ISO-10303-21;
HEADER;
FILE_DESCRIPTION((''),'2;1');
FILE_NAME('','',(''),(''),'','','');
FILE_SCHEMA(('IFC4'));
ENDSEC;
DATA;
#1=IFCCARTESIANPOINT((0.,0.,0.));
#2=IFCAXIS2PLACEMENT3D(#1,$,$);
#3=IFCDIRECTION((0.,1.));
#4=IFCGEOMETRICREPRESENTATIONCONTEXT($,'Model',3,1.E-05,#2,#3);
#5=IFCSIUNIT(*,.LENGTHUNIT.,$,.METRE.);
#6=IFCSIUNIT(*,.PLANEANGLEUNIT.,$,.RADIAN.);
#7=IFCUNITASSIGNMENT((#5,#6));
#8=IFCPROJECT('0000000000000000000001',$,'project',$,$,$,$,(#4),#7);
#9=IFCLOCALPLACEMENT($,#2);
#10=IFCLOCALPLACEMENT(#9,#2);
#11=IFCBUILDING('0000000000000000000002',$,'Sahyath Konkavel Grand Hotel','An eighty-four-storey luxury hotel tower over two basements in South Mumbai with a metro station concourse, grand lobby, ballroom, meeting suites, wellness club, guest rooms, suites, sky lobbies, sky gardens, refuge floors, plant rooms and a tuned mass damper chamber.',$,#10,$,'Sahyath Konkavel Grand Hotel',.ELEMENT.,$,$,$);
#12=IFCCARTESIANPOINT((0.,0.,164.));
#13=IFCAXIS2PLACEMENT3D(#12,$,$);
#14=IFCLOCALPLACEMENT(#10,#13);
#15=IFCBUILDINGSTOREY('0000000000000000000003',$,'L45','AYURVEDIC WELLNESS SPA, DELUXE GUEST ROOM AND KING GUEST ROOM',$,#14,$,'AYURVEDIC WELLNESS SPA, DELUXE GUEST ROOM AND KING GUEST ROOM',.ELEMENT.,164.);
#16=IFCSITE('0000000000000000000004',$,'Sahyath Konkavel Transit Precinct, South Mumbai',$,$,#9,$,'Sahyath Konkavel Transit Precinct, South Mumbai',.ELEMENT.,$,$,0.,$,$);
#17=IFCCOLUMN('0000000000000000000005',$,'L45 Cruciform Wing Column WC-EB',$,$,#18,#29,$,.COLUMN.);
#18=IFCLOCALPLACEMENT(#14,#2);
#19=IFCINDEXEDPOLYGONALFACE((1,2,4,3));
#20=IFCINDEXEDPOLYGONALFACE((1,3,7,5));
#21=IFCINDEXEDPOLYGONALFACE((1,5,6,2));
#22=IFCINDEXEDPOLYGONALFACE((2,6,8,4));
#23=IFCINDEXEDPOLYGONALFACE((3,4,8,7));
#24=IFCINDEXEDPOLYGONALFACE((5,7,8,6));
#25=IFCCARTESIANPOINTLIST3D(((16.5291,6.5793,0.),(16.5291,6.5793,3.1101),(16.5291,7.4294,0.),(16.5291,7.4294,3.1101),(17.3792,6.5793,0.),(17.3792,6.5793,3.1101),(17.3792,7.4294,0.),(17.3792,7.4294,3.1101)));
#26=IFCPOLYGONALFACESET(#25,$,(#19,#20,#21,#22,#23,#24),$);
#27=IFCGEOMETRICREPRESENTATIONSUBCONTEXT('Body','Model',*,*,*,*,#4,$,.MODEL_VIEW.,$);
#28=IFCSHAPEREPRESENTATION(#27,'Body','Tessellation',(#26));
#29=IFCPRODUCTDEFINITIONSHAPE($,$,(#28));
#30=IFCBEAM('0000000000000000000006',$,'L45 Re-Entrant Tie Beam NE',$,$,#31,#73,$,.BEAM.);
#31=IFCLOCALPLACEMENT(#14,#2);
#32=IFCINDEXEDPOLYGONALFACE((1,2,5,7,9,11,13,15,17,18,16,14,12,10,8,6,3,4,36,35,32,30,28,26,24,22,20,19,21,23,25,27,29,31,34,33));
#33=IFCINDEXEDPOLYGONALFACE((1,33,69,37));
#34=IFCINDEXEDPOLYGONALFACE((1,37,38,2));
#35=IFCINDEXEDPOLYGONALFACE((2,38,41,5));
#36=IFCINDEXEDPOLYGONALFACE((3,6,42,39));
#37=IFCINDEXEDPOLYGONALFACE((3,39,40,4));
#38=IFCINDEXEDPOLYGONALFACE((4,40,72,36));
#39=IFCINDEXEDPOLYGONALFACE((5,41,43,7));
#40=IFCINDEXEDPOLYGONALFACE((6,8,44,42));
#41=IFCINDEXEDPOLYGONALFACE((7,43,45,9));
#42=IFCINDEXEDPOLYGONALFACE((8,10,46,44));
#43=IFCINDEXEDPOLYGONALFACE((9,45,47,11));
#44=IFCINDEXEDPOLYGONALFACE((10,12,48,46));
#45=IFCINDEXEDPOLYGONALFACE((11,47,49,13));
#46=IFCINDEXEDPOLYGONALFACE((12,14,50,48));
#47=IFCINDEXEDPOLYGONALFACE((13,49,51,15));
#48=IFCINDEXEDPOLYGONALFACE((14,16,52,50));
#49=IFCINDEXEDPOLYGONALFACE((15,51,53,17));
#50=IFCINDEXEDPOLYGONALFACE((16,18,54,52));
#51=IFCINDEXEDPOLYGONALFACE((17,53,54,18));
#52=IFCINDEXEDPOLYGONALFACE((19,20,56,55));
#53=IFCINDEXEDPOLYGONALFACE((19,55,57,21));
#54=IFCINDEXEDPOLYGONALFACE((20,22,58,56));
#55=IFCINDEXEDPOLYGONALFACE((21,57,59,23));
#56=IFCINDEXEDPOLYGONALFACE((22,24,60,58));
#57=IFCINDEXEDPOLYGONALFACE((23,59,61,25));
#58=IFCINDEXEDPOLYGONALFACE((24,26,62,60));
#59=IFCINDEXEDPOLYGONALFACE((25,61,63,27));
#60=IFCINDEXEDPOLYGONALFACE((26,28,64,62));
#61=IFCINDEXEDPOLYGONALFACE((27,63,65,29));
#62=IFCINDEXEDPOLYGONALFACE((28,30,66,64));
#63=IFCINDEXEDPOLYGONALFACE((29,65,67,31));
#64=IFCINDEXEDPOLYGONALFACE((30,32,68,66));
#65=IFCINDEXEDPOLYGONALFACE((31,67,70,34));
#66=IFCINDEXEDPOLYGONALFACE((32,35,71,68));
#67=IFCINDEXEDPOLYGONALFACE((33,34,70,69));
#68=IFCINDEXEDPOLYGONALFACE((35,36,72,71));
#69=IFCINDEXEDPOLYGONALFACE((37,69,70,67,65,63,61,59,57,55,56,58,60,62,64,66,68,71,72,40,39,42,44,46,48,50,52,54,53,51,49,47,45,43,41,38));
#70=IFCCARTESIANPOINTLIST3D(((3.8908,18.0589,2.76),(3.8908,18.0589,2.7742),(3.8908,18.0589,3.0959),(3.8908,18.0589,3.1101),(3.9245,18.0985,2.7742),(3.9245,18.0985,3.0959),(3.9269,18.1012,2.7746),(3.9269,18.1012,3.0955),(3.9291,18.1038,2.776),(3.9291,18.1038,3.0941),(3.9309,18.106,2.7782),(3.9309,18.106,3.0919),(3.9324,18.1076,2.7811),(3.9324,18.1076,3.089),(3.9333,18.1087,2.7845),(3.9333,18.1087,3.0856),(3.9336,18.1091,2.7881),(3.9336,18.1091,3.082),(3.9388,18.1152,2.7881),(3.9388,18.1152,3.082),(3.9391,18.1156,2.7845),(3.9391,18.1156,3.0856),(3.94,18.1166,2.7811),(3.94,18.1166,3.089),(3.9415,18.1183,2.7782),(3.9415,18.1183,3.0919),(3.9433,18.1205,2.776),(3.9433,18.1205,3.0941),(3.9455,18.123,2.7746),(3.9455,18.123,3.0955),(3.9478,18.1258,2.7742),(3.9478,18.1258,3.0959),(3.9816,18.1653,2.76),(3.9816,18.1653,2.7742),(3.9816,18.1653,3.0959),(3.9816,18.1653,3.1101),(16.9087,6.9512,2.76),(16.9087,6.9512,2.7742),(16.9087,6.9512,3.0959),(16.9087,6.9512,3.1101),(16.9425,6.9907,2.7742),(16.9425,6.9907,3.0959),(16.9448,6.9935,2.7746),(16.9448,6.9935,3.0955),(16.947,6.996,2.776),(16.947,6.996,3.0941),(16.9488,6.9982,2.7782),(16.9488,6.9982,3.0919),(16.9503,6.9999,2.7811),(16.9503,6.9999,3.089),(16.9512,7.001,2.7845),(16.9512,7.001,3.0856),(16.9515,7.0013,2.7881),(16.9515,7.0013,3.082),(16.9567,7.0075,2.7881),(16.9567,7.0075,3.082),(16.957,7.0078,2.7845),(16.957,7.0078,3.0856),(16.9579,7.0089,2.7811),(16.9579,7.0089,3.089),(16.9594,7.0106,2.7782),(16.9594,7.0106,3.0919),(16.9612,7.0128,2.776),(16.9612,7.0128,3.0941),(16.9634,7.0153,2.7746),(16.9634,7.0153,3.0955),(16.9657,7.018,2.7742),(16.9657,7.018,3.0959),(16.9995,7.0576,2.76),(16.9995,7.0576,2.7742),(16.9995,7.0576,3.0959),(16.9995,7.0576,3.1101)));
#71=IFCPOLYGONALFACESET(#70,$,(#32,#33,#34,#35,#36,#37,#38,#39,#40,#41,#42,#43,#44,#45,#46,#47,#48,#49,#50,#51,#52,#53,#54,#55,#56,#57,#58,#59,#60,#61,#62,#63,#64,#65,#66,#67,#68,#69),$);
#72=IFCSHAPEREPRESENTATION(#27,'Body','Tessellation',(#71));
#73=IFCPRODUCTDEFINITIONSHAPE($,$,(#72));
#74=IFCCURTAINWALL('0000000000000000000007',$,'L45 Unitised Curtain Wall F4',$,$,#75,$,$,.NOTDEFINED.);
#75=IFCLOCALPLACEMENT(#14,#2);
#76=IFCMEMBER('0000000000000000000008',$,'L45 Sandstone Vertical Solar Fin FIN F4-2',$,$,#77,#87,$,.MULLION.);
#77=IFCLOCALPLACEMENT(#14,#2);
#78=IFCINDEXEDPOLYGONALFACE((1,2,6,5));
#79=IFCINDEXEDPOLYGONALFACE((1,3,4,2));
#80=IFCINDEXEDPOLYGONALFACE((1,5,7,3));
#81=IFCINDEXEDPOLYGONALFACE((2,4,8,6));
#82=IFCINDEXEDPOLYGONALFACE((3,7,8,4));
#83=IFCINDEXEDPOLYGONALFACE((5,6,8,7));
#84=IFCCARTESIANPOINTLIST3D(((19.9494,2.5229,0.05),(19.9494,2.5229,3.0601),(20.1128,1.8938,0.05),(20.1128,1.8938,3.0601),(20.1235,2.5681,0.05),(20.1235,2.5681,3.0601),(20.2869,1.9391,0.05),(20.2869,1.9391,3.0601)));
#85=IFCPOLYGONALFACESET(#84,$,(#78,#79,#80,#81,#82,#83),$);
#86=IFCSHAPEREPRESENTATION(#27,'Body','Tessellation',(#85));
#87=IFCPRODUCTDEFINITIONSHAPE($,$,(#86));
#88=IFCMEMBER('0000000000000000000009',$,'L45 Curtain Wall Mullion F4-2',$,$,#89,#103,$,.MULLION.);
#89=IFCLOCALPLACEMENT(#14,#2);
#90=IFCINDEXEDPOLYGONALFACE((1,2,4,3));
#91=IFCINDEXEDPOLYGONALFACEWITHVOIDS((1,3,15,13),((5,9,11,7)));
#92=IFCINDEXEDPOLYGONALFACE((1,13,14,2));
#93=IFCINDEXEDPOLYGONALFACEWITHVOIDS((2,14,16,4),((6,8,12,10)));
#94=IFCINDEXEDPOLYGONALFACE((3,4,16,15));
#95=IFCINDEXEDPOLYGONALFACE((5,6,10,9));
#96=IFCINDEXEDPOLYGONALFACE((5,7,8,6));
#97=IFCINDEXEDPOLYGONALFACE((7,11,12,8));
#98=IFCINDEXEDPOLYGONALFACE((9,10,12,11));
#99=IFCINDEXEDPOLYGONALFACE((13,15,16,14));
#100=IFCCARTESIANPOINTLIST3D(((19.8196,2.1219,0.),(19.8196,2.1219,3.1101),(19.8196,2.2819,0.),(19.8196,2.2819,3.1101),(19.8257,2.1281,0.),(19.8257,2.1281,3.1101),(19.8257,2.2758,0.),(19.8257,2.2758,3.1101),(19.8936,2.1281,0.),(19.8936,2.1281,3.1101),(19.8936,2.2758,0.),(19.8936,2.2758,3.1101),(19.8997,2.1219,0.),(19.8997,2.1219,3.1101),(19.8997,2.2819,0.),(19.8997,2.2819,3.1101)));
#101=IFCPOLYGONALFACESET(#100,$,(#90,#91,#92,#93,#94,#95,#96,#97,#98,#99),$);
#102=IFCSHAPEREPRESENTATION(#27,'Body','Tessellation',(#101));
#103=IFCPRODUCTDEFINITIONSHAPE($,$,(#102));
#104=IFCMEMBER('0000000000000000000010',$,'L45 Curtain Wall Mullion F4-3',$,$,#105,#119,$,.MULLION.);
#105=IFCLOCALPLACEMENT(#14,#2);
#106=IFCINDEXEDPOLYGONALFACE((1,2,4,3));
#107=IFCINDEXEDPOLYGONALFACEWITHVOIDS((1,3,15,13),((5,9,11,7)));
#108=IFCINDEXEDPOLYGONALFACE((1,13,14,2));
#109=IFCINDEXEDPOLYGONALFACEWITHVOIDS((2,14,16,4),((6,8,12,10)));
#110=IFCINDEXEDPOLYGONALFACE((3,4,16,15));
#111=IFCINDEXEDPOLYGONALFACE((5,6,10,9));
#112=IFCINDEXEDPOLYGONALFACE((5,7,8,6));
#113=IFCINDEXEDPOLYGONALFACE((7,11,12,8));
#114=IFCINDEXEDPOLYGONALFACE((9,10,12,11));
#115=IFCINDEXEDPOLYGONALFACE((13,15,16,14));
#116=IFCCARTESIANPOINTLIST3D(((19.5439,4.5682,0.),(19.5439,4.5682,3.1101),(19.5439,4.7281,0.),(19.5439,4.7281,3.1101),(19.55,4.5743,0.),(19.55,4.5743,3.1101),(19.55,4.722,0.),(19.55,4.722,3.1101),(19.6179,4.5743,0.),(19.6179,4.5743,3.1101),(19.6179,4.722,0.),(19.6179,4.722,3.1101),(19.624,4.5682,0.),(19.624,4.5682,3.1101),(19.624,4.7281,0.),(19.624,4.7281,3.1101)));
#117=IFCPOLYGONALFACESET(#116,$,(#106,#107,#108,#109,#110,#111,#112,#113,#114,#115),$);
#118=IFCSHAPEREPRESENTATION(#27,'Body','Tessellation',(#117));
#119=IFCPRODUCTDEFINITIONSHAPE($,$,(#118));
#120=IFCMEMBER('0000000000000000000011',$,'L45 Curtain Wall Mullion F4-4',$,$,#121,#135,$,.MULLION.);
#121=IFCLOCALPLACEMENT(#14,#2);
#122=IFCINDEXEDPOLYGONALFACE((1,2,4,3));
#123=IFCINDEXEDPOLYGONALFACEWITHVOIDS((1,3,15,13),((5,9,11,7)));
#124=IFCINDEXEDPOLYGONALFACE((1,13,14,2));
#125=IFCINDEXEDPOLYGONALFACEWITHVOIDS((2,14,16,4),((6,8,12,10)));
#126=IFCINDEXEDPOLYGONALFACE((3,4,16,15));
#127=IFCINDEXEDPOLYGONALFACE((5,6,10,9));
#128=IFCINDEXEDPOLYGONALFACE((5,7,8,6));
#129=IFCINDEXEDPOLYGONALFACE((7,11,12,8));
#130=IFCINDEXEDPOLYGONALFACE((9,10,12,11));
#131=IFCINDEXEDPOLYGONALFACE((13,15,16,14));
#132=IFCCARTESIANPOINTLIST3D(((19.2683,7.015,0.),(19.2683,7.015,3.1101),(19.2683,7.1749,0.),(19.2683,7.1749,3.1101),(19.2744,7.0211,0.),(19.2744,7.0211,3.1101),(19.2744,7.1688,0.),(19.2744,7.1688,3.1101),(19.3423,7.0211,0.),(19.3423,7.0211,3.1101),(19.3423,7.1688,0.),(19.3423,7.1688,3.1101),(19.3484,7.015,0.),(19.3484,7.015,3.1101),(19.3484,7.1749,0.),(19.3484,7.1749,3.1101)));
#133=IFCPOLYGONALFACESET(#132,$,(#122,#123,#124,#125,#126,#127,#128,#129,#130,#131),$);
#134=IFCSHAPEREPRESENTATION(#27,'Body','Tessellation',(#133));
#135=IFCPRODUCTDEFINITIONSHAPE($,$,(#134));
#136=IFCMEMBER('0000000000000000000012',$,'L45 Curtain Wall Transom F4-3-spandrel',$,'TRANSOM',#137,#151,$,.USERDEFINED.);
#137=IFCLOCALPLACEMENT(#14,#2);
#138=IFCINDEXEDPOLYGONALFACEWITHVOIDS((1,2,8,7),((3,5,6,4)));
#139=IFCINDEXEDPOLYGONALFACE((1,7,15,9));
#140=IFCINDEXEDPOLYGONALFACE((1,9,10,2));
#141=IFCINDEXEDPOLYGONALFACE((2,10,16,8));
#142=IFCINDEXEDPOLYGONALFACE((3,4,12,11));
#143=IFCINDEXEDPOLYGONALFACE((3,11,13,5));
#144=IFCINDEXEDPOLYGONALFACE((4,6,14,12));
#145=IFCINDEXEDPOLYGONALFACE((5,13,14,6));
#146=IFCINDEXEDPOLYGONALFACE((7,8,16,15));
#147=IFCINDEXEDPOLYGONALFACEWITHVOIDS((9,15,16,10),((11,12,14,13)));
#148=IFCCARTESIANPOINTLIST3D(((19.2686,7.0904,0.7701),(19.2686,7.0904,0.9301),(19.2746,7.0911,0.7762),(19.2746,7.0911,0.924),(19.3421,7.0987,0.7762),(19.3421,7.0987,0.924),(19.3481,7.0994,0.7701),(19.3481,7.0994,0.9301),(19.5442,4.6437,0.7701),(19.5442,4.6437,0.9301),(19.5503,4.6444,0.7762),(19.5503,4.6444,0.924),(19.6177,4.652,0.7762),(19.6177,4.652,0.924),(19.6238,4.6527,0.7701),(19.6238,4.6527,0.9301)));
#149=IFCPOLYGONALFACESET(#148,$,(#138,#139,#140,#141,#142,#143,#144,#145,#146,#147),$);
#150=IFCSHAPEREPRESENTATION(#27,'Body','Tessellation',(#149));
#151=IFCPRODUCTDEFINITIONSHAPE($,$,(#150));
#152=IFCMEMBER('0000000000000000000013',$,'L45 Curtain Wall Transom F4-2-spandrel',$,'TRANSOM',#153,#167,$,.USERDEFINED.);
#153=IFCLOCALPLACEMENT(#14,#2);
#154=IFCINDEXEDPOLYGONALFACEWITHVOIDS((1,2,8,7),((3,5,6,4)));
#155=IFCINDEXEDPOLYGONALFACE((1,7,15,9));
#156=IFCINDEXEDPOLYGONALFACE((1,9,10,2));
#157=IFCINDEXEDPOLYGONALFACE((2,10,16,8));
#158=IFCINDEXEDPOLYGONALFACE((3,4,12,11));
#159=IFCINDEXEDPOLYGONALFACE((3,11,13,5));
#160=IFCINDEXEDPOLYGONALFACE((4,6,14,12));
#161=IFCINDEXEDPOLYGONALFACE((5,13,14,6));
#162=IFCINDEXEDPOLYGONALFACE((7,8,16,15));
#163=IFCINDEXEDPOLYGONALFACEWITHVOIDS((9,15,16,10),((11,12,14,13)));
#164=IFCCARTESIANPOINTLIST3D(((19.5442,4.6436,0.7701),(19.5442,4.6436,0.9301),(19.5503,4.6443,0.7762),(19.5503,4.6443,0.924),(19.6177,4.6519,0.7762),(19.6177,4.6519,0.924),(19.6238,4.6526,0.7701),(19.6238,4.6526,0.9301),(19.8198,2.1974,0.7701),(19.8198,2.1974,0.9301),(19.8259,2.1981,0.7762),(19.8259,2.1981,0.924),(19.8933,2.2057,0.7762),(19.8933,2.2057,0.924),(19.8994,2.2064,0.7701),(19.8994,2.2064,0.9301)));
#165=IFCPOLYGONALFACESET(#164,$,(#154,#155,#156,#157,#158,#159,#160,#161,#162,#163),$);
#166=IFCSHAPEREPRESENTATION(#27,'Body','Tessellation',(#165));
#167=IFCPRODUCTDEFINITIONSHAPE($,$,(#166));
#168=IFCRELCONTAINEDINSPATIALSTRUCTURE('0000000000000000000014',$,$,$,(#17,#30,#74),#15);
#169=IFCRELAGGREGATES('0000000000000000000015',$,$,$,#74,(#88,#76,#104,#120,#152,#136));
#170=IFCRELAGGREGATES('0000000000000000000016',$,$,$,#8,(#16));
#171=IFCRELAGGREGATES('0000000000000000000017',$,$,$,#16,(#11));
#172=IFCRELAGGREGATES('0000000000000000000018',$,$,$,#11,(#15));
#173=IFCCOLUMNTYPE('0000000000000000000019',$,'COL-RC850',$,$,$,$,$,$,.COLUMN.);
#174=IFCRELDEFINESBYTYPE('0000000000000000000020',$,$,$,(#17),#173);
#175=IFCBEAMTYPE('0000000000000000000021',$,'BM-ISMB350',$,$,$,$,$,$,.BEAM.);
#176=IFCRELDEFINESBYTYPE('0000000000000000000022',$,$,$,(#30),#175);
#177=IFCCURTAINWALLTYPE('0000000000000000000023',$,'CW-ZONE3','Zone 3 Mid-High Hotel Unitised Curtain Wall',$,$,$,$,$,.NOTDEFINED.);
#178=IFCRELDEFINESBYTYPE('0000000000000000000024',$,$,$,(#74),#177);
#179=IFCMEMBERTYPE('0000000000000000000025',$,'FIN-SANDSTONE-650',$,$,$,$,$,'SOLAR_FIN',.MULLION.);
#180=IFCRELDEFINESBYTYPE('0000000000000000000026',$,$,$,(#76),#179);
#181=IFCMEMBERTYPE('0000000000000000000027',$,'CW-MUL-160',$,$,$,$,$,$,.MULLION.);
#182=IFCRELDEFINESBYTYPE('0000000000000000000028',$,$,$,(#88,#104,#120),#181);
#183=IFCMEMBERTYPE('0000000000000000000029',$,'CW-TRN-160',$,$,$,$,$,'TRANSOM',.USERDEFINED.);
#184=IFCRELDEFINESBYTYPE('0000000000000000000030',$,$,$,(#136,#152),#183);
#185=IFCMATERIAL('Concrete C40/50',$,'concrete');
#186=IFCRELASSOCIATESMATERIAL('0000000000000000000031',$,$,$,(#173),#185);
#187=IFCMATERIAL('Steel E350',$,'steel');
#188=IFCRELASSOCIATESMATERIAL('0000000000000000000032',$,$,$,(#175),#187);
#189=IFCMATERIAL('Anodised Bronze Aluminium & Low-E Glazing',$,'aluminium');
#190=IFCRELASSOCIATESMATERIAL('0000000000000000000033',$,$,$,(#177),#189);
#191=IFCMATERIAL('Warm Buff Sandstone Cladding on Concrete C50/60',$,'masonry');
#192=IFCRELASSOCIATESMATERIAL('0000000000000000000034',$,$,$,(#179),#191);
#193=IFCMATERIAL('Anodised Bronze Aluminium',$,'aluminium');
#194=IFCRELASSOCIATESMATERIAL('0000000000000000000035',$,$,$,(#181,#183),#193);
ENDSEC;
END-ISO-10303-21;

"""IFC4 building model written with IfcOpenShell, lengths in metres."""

from ifc_helpers import new_model, si_unit, direction, frame, origin, origin_2d, place, context, subcontext, project, spatial, rectangle, hollow_rectangle, i_section, extrude, source, transform, mapped, material, material_profile, profile_set, type_object, element, aggregate, save


model = new_model("IFC4")

# Units and contexts
model_context = context("Model", 3, precision=1e-05, world=origin(), true_north=direction((0.0, 1.0)))
body_context = subcontext(model_context, "Body", "Model", "MODEL_VIEW")
ifc_project = project(units=[si_unit("LENGTHUNIT", "METRE"), si_unit("PLANEANGLEUNIT", "RADIAN")], contexts=[model_context])

# Site, building, storey
site_placement = place(None, origin())
site = spatial("IfcSite", under=ifc_project, at=site_placement, Name="Sahyath Konkavel Transit Precinct, South Mumbai", LongName="Sahyath Konkavel Transit Precinct, South Mumbai", CompositionType="ELEMENT", RefElevation=0.0)
building_placement = place(site_placement, origin())
building = spatial("IfcBuilding", under=site, at=building_placement, Name="Sahyath Konkavel Grand Hotel", Description="An eighty-four-storey luxury hotel tower over two basements in South Mumbai with a metro station concourse, grand lobby, ballroom, meeting suites, wellness club, guest rooms, suites, sky lobbies, sky gardens, refuge floors, plant rooms and a tuned mass damper chamber.", LongName="Sahyath Konkavel Grand Hotel", CompositionType="ELEMENT")
storey_placement = place(building_placement, frame((0.0, 0.0, 164.0)))
storey = spatial("IfcBuildingStorey", under=building, at=storey_placement, Name="L45", Description="AYURVEDIC WELLNESS SPA, DELUXE GUEST ROOM AND KING GUEST ROOM", LongName="AYURVEDIC WELLNESS SPA, DELUXE GUEST ROOM AND KING GUEST ROOM", CompositionType="ELEMENT", Elevation=164.0)

# Column
ifc_material_1 = material(Name="Concrete C40/50", Category="concrete")
ifc_material_profile_1 = material_profile(ifc_material_1, rectangle(XDim=0.8501, YDim=0.8501, at=origin_2d()), Name="RC 850x850")
ifc_profile_set_1 = profile_set([ifc_material_profile_1], Name="Concrete C40/50")
column_type = type_object("IfcColumnType", Name="COL-RC850", PredefinedType="COLUMN", material=ifc_profile_set_1)
shared_shape_1 = source(origin(), body_context, "Body", "SweptSolid", [
    extrude(rectangle(XDim=0.8501, YDim=0.8501, at=origin_2d()), origin(), (0.0, 0.0, 1.0), 3.1101),
])
column_placement = place(storey_placement, frame((16.9541, 7.0044, 0.0), z_axis=(0.0, 0.0, 1.0), x_axis=(1.0, 0.0, 0.0)))
element("IfcColumn", 1, at=column_placement, inside=storey, type_object=column_type, Name="L45 Cruciform Wing Column WC-EB", PredefinedType="COLUMN", context=body_context, shape_type="MappedRepresentation", body=[
    mapped(shared_shape_1, transform((0.0, 0.0, 0.0), scale=1.0)),
])

# Beam
ifc_material_2 = material(Name="Steel E350", Category="steel")
ifc_material_profile_2 = material_profile(ifc_material_2, i_section(OverallWidth=0.1399, OverallDepth=0.3501, WebThickness=0.0081, FlangeThickness=0.0142, FilletRadius=0.0139, at=origin_2d()), Name="ISMB 350")
ifc_profile_set_2 = profile_set([ifc_material_profile_2], Name="Steel E350")
beam_type_1 = type_object("IfcBeamType", Name="BM-ISMB350", PredefinedType="BEAM", material=ifc_profile_set_2)
shared_shape_2 = source(origin(), body_context, "Body", "SweptSolid", [
    extrude(i_section(OverallWidth=0.1399, OverallDepth=0.3501, WebThickness=0.0081, FlangeThickness=0.0142, FilletRadius=0.0139, at=origin_2d()), origin(), (0.0, 0.0, 1.0), 17.1128),
])
beam_1_placement = place(storey_placement, frame((16.9541, 7.0044, 2.9351), z_axis=(-0.760712, 0.64909, 0.0), x_axis=(-0.64909, -0.760712, 0.0)))
element("IfcBeam", 2, at=beam_1_placement, inside=storey, type_object=beam_type_1, Name="L45 Re-Entrant Tie Beam NE", PredefinedType="BEAM", context=body_context, shape_type="MappedRepresentation", body=[
    mapped(shared_shape_2, transform((0.0, 0.0, 0.0), scale=1.0)),
])

# Curtain wall, members
ifc_material_3 = material(Name="Anodised Bronze Aluminium & Low-E Glazing", Category="aluminium")
curtain_wall_type = type_object("IfcCurtainWallType", Name="CW-ZONE3", Description="Zone 3 Mid-High Hotel Unitised Curtain Wall", PredefinedType="NOTDEFINED", material=ifc_material_3)
curtain_wall_placement = place(storey_placement, origin())
curtain_wall = element("IfcCurtainWall", 3, at=curtain_wall_placement, inside=storey, type_object=curtain_wall_type, Name="L45 Unitised Curtain Wall F4", PredefinedType="NOTDEFINED")
ifc_material_4 = material(Name="Warm Buff Sandstone Cladding on Concrete C50/60", Category="masonry")
ifc_material_profile_3 = material_profile(ifc_material_4, rectangle(XDim=0.1799, YDim=0.6499, at=origin_2d()), Name="FIN 180x650")
ifc_profile_set_3 = profile_set([ifc_material_profile_3], Name="Warm Buff Sandstone Cladding on Concrete C50/60")
member_type_1 = type_object("IfcMemberType", Name="FIN-SANDSTONE-650", ElementType="SOLAR_FIN", PredefinedType="MULLION", material=ifc_profile_set_3)
shared_shape_3 = source(origin(), body_context, "Body", "SweptSolid", [
    extrude(rectangle(XDim=0.1799, YDim=0.6499, at=origin_2d()), origin(), (0.0, 0.0, 1.0), 3.01),
])
member_1_placement = place(storey_placement, frame((20.1182, 2.231, 0.05), z_axis=(0.0, 0.0, 1.0), x_axis=(0.967885, 0.251394, 0.0)))
member_1 = element("IfcMember", 4, at=member_1_placement, type_object=member_type_1, Name="L45 Sandstone Vertical Solar Fin FIN F4-2", PredefinedType="MULLION", context=body_context, shape_type="MappedRepresentation", body=[
    mapped(shared_shape_3, transform((0.0, 0.0, 0.0), scale=1.0)),
])
ifc_material_5 = material(Name="Anodised Bronze Aluminium", Category="aluminium")
ifc_material_profile_4 = material_profile(ifc_material_5, hollow_rectangle(XDim=0.0801, YDim=0.1599, WallThickness=0.0061, at=origin_2d()), Name="RHS 160x80x6")
ifc_profile_set_4 = profile_set([ifc_material_profile_4], Name="Anodised Bronze Aluminium")
member_type_2 = type_object("IfcMemberType", Name="CW-MUL-160", PredefinedType="MULLION", material=ifc_profile_set_4)
shared_shape_4 = source(origin(), body_context, "Body", "SweptSolid", [
    extrude(hollow_rectangle(XDim=0.0801, YDim=0.1599, WallThickness=0.0061, at=origin_2d()), origin(), (0.0, 0.0, 1.0), 3.1101),
])
member_2_placement = place(storey_placement, frame((19.8596, 2.2019, 0.0), z_axis=(0.0, 0.0, 1.0), x_axis=(1.0, 0.0, 0.0)))
member_2 = element("IfcMember", 5, at=member_2_placement, type_object=member_type_2, Name="L45 Curtain Wall Mullion F4-2", PredefinedType="MULLION", context=body_context, shape_type="MappedRepresentation", body=[
    mapped(shared_shape_4, transform((0.0, 0.0, 0.0), scale=1.0)),
])
member_3_placement = place(storey_placement, frame((19.584, 4.6482, 0.0), z_axis=(0.0, 0.0, 1.0), x_axis=(1.0, 0.0, 0.0)))
member_3 = element("IfcMember", 6, at=member_3_placement, type_object=member_type_2, Name="L45 Curtain Wall Mullion F4-3", PredefinedType="MULLION", context=body_context, shape_type="MappedRepresentation", body=[
    mapped(shared_shape_4, transform((0.0, 0.0, 0.0), scale=1.0)),
])
member_4_placement = place(storey_placement, frame((19.3083, 7.095, 0.0), z_axis=(0.0, 0.0, 1.0), x_axis=(1.0, 0.0, 0.0)))
member_4 = element("IfcMember", 7, at=member_4_placement, type_object=member_type_2, Name="L45 Curtain Wall Mullion F4-4", PredefinedType="MULLION", context=body_context, shape_type="MappedRepresentation", body=[
    mapped(shared_shape_4, transform((0.0, 0.0, 0.0), scale=1.0)),
])
ifc_material_profile_5 = material_profile(ifc_material_5, hollow_rectangle(XDim=0.0801, YDim=0.1599, WallThickness=0.0061, at=origin_2d()), Name="RHS 160x80x6")
ifc_profile_set_5 = profile_set([ifc_material_profile_5], Name="Anodised Bronze Aluminium")
member_type_3 = type_object("IfcMemberType", Name="CW-TRN-160", ElementType="TRANSOM", PredefinedType="USERDEFINED", material=ifc_profile_set_5)
shared_shape_5 = source(origin(), body_context, "Body", "SweptSolid", [
    extrude(hollow_rectangle(XDim=0.0801, YDim=0.1599, WallThickness=0.0061, at=origin_2d()), origin(), (0.0, 0.0, 1.0), 2.4622),
])
member_5_placement = place(storey_placement, frame((19.584, 4.6482, 0.8501), z_axis=(-0.111944, 0.993715, 0.0), x_axis=(-0.993715, -0.111944, 0.0)))
member_5 = element("IfcMember", 8, at=member_5_placement, type_object=member_type_3, Name="L45 Curtain Wall Transom F4-3-spandrel", ObjectType="TRANSOM", PredefinedType="USERDEFINED", context=body_context, shape_type="MappedRepresentation", body=[
    mapped(shared_shape_5, transform((0.0, 0.0, 0.0), scale=1.0)),
])
shared_shape_6 = source(origin(), body_context, "Body", "SweptSolid", [
    extrude(hollow_rectangle(XDim=0.0801, YDim=0.1599, WallThickness=0.0061, at=origin_2d()), origin(), (0.0, 0.0, 1.0), 2.4617),
])
member_6_placement = place(storey_placement, frame((19.8596, 2.2019, 0.8501), z_axis=(-0.111966, 0.993712, 0.0), x_axis=(-0.993712, -0.111966, 0.0)))
member_6 = element("IfcMember", 9, at=member_6_placement, type_object=member_type_3, Name="L45 Curtain Wall Transom F4-2-spandrel", ObjectType="TRANSOM", PredefinedType="USERDEFINED", context=body_context, shape_type="MappedRepresentation", body=[
    mapped(shared_shape_6, transform((0.0, 0.0, 0.0), scale=1.0)),
])

aggregate(curtain_wall, [member_2, member_1, member_3, member_4, member_6, member_5])

save(model, "model.ifc")
